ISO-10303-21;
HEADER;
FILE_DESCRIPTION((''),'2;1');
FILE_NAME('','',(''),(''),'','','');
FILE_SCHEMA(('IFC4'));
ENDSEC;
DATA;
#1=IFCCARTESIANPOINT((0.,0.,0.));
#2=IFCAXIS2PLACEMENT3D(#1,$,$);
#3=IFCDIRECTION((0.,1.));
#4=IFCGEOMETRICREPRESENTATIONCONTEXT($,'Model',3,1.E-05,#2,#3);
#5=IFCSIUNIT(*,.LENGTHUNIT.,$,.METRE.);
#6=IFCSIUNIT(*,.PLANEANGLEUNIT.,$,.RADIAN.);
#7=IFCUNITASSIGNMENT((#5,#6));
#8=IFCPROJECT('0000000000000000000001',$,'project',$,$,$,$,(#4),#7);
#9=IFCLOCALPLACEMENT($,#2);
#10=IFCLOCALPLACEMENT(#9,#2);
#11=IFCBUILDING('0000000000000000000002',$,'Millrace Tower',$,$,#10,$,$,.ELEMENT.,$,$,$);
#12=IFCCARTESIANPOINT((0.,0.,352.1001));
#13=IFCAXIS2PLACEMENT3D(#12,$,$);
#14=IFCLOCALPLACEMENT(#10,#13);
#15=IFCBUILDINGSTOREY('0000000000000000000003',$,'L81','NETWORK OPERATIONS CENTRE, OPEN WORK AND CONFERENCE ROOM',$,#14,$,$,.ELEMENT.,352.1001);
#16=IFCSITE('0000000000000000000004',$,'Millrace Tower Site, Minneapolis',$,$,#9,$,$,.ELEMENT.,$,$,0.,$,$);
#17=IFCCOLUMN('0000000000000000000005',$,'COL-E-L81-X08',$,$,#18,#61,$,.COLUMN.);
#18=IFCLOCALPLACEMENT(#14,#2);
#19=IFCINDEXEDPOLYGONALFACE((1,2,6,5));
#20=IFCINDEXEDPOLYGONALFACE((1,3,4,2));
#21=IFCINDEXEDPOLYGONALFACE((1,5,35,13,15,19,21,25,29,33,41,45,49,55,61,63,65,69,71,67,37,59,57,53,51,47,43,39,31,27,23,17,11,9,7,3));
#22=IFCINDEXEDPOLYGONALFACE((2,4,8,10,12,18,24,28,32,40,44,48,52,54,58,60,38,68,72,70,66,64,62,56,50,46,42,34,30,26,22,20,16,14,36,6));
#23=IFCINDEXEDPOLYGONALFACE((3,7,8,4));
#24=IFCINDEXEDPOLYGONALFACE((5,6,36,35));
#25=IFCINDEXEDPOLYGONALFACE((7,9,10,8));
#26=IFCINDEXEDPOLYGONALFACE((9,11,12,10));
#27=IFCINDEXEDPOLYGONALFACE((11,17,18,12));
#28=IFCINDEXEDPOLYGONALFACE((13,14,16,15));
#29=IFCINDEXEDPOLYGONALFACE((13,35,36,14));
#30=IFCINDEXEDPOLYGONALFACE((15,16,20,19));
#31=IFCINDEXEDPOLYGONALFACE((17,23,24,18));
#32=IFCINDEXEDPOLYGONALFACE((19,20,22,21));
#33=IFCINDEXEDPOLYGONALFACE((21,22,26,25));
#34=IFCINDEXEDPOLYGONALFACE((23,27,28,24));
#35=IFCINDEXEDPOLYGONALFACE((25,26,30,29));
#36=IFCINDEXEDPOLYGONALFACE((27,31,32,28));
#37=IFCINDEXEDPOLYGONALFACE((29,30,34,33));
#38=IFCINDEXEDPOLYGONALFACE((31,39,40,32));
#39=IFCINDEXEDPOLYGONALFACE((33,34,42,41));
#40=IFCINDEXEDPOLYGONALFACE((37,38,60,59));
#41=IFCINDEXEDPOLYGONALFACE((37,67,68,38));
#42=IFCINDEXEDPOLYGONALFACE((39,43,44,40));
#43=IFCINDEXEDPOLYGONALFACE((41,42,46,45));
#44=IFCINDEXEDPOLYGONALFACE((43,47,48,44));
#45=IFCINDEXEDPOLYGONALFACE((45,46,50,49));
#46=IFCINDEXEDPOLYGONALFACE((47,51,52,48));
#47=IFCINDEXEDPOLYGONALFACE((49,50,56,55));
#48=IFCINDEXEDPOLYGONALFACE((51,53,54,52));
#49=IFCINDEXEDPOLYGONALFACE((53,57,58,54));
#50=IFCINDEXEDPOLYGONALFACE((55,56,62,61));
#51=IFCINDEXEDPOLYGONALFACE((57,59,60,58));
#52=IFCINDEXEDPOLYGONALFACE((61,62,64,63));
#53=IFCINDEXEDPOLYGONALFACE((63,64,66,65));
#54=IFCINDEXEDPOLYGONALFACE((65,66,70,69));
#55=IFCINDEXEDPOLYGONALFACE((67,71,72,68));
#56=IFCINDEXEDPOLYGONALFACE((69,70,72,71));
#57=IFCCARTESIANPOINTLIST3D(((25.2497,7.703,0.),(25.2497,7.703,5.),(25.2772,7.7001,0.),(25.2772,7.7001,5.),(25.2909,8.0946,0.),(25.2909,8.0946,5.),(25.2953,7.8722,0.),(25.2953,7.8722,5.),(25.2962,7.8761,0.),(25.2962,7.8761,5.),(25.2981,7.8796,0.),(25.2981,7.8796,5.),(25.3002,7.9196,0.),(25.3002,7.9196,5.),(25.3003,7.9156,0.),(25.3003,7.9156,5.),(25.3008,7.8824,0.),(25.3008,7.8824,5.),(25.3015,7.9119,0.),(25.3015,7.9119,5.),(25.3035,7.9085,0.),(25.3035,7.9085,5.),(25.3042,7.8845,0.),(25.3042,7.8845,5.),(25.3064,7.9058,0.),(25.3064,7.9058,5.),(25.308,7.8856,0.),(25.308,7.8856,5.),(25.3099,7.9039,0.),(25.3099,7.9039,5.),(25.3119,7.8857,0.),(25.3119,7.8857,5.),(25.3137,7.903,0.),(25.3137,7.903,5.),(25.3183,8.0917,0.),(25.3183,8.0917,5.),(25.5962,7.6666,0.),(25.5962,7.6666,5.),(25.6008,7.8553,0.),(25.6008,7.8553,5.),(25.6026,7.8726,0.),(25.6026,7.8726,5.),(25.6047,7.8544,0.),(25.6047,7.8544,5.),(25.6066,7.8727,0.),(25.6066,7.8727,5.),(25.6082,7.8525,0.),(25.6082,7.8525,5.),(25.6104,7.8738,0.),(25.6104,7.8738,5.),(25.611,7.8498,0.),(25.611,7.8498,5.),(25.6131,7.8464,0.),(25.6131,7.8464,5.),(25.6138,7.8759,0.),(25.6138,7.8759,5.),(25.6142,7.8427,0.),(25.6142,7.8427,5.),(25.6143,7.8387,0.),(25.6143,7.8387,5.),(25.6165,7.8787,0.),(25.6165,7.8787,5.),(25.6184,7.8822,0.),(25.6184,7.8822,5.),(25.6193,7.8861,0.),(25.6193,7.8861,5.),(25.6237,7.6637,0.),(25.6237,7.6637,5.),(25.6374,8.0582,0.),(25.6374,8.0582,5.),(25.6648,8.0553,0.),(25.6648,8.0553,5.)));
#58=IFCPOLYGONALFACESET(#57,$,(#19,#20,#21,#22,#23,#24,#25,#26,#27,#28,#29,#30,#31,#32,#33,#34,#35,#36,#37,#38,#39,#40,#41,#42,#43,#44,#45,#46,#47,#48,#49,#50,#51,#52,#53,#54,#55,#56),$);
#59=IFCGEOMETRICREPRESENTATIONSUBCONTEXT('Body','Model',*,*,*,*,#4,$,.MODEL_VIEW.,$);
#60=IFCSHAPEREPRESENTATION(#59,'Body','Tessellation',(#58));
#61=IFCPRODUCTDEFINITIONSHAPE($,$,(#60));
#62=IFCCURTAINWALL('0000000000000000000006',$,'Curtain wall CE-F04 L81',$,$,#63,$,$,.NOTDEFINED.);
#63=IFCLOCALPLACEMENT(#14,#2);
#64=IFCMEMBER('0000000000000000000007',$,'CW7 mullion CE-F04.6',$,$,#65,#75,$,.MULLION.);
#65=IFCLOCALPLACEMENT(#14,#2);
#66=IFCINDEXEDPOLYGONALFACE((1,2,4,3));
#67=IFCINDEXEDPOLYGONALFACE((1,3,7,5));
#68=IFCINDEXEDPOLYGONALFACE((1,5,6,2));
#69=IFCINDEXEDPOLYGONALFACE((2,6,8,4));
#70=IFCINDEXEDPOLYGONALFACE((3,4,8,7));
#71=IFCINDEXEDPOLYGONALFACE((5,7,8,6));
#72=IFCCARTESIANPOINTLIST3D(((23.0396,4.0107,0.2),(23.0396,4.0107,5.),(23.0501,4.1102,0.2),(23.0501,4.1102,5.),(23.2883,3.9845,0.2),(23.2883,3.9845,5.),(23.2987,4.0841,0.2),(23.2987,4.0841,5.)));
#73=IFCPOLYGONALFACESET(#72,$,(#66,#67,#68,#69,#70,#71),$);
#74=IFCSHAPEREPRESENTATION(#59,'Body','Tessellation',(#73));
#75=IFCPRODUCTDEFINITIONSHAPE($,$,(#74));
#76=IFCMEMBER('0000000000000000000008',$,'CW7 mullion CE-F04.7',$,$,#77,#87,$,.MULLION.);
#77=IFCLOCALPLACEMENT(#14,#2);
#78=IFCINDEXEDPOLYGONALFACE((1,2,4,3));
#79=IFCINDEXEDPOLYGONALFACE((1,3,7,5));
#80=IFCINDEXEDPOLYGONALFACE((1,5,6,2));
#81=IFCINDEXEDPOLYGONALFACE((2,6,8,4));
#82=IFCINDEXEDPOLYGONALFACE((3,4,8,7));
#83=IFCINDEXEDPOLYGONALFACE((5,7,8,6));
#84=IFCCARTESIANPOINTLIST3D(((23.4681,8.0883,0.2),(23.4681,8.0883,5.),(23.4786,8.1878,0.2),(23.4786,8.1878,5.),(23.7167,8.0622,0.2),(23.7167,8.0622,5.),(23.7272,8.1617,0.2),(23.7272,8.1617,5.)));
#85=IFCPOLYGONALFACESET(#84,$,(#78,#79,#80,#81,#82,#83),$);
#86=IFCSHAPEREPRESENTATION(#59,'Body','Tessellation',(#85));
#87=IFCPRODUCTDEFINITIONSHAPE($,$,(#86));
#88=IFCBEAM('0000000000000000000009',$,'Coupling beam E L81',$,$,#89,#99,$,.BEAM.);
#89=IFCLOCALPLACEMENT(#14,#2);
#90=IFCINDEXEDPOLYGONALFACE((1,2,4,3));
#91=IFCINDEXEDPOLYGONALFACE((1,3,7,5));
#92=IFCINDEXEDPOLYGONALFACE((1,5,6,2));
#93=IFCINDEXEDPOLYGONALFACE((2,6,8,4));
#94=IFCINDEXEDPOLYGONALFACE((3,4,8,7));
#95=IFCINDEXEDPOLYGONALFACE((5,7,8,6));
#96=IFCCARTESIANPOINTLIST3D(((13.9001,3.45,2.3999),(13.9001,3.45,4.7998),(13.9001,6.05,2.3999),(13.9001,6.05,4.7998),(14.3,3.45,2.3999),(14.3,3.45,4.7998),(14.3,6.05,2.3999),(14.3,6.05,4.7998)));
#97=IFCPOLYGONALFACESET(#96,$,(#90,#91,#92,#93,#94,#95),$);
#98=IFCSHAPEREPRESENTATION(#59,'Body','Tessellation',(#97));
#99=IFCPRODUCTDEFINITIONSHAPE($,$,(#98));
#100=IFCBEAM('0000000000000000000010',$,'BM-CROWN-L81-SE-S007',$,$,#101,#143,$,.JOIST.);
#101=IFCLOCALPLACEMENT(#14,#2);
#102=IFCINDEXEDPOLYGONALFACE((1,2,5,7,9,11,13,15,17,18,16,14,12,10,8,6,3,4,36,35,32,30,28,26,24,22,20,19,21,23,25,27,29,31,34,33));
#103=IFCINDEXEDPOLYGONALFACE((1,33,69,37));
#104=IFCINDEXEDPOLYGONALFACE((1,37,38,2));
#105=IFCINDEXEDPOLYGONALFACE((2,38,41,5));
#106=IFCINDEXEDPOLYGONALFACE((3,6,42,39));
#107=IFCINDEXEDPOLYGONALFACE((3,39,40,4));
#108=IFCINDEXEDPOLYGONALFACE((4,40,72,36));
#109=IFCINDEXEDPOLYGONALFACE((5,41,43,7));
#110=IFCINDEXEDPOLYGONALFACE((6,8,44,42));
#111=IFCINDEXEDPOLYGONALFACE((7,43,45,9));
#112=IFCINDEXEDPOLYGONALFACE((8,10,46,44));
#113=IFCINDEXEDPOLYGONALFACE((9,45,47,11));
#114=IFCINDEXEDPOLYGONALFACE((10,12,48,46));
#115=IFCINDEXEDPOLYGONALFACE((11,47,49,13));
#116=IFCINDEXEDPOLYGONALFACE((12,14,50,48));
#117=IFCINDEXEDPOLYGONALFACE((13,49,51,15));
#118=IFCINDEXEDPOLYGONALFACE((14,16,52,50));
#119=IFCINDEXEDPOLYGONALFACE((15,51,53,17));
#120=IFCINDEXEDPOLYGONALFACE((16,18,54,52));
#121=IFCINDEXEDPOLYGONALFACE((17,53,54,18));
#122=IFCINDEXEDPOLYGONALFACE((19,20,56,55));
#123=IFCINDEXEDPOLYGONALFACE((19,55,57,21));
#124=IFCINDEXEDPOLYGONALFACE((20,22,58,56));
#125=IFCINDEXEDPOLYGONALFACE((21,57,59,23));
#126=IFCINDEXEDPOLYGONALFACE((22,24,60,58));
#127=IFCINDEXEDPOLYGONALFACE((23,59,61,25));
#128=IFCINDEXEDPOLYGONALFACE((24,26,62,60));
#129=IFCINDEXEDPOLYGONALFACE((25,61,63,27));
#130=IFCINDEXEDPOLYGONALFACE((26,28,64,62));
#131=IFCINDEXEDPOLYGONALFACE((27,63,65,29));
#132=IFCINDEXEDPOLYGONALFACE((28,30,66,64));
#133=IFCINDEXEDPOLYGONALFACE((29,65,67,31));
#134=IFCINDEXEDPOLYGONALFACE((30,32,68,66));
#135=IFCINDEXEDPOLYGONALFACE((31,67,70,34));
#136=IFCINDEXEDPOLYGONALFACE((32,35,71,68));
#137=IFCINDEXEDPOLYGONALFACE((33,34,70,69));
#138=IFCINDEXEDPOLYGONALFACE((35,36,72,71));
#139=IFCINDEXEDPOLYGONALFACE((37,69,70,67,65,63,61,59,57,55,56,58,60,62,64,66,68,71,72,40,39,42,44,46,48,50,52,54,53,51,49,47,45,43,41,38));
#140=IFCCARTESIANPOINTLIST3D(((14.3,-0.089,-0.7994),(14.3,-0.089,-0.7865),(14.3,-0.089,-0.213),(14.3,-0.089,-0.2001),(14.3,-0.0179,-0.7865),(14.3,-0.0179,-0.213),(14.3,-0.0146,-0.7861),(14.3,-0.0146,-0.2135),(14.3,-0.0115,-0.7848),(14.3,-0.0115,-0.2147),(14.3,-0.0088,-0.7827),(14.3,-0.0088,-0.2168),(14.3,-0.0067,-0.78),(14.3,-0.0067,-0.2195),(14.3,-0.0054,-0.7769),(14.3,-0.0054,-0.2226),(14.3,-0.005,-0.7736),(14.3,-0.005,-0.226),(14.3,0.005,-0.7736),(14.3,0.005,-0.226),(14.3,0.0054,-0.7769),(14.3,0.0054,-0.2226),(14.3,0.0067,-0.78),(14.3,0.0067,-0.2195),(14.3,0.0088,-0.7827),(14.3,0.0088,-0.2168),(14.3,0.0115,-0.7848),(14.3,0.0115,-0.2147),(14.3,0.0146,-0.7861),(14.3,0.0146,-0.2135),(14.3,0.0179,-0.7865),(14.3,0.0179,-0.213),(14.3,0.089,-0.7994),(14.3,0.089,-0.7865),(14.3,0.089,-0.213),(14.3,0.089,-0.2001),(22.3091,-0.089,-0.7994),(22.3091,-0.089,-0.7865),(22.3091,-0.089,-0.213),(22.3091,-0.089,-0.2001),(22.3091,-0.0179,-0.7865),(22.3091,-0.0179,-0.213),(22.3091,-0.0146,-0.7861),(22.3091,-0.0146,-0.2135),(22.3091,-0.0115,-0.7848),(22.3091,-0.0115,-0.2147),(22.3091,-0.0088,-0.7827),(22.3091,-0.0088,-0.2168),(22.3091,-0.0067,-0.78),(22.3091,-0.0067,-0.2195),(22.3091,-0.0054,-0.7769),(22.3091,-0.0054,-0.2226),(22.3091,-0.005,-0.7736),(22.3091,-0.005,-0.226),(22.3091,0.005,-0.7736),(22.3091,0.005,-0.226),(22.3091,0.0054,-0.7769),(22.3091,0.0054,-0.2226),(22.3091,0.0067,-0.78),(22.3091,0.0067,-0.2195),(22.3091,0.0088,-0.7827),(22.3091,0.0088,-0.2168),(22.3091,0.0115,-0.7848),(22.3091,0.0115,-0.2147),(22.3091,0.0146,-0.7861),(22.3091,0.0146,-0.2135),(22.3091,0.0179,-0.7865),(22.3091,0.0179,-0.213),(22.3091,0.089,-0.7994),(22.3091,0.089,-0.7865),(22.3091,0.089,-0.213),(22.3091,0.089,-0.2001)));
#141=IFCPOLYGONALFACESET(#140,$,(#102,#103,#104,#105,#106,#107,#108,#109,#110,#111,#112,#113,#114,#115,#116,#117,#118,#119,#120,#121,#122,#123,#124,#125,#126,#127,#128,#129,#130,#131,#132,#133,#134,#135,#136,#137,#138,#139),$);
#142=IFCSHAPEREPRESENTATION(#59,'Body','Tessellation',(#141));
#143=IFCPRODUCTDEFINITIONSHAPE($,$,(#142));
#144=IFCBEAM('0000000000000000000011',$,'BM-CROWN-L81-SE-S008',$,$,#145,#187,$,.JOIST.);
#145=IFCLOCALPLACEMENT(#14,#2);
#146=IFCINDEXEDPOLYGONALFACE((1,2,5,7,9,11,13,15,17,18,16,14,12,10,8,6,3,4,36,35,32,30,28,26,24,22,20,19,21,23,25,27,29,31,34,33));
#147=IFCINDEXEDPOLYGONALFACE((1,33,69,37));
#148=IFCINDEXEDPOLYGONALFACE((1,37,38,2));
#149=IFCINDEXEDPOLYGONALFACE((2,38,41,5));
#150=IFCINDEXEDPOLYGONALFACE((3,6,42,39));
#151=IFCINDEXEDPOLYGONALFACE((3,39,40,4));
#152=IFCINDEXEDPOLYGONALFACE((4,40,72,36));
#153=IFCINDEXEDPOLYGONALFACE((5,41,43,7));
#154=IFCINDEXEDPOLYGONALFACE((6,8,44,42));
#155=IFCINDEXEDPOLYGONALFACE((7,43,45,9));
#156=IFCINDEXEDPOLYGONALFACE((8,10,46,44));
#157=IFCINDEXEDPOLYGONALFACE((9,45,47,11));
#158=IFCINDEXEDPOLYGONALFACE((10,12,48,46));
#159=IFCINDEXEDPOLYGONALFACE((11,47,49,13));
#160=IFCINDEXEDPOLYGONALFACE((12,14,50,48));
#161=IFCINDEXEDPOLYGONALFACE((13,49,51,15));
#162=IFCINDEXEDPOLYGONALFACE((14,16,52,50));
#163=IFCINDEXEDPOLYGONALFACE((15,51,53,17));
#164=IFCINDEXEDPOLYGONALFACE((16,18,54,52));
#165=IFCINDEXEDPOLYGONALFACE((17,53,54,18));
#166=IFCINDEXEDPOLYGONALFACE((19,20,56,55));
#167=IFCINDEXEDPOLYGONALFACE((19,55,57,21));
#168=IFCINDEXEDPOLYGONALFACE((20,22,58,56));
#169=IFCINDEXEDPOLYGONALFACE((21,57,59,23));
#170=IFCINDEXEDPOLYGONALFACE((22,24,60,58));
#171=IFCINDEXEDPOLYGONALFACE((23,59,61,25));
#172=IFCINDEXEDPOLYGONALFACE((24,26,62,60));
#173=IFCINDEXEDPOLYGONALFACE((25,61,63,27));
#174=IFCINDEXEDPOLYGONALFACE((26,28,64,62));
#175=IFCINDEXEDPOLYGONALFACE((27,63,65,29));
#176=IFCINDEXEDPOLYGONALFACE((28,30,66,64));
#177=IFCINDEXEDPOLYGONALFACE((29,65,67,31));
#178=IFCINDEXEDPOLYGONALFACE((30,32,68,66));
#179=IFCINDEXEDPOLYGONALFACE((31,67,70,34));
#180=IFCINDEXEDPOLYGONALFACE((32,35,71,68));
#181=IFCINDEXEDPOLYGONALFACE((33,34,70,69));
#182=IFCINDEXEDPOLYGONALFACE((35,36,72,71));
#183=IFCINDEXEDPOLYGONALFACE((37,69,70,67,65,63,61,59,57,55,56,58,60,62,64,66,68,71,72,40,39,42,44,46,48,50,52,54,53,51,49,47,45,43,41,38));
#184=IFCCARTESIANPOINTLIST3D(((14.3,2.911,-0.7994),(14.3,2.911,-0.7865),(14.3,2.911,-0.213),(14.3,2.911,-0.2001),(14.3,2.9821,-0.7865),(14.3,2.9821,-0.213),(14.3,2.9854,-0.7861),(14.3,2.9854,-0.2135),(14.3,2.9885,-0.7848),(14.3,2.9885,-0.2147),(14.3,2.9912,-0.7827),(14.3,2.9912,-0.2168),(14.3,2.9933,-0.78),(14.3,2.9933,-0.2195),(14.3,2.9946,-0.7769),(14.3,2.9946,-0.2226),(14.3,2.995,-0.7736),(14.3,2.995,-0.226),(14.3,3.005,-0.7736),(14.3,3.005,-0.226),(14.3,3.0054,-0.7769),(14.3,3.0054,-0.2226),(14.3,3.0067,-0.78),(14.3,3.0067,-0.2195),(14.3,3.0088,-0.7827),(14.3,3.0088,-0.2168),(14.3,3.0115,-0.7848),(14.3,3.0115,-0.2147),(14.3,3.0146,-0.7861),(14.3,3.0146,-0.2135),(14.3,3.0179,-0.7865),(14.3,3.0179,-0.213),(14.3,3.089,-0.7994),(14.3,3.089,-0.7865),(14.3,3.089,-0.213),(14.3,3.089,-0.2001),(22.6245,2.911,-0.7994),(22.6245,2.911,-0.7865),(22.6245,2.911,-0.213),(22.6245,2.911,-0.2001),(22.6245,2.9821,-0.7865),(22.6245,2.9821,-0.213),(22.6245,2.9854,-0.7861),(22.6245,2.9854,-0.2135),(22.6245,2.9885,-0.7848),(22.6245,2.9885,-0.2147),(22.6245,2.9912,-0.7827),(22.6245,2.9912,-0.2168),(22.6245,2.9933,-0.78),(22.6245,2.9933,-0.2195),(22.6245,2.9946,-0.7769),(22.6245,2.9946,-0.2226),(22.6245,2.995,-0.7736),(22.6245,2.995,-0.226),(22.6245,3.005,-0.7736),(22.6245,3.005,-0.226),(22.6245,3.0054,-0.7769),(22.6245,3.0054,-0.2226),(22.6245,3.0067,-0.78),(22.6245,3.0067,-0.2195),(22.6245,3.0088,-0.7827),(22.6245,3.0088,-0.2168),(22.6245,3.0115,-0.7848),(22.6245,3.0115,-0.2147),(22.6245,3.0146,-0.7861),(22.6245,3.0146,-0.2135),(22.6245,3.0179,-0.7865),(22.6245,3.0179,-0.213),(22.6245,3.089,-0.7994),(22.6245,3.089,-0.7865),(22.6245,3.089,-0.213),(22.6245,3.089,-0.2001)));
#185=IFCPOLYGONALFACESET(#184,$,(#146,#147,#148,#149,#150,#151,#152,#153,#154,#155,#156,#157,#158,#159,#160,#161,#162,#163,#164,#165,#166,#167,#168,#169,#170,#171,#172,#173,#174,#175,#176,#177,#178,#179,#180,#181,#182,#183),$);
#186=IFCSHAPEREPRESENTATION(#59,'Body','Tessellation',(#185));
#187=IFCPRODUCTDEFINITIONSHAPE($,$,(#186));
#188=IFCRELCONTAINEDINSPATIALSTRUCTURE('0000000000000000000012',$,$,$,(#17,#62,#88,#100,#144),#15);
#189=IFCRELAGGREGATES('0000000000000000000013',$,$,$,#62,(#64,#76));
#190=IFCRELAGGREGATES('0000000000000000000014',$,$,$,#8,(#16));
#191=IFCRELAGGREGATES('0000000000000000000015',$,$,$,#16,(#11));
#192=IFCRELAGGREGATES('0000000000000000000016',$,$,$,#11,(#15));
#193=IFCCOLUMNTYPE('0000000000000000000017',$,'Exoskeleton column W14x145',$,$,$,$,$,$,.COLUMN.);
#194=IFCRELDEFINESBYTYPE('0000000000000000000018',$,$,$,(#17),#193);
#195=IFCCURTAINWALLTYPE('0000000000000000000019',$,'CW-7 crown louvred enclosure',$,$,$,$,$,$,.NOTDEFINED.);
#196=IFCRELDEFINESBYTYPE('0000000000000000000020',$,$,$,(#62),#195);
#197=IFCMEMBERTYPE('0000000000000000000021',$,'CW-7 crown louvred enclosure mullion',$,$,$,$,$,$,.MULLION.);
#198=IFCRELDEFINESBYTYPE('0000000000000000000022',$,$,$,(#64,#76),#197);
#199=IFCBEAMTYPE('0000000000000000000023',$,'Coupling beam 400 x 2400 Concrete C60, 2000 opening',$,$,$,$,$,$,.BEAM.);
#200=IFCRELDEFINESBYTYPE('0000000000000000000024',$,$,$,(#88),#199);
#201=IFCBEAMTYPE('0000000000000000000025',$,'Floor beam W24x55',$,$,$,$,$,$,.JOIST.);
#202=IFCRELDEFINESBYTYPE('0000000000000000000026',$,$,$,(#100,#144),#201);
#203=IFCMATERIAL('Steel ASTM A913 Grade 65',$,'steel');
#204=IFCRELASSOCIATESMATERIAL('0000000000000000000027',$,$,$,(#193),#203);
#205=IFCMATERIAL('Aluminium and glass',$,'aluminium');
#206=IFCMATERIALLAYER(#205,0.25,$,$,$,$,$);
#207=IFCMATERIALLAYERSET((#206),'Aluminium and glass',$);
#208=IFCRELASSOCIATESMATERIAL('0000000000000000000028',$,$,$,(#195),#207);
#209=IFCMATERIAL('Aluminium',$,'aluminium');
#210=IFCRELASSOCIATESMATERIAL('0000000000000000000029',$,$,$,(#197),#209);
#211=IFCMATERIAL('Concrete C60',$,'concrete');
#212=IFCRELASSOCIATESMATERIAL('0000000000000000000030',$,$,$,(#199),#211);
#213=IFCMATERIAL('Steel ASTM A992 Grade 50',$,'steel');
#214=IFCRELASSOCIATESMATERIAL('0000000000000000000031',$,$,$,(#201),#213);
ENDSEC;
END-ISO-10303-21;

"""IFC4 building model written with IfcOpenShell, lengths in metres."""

from ifc_helpers import new_model, si_unit, direction, frame, origin, origin_2d, place, context, subcontext, project, spatial, rectangle, i_section, extrude, material, layer, layer_set, material_profile, profile_set, type_object, element, aggregate, save


model = new_model("IFC4")

# Units and contexts
model_context = context("Model", 3, precision=1e-05, world=origin(), true_north=direction((0.0, 1.0)))
body_context = subcontext(model_context, "Body", "Model", "MODEL_VIEW")
ifc_project = project(units=[si_unit("LENGTHUNIT", "METRE"), si_unit("PLANEANGLEUNIT", "RADIAN")], contexts=[model_context])

# Site, building, storey
site_placement = place(None, origin())
site = spatial("IfcSite", under=ifc_project, at=site_placement, Name="Millrace Tower Site, Minneapolis", CompositionType="ELEMENT", RefElevation=0.0)
building_placement = place(site_placement, origin())
building = spatial("IfcBuilding", under=site, at=building_placement, Name="Millrace Tower", CompositionType="ELEMENT")
storey_placement = place(building_placement, frame((0.0, 0.0, 352.1001)))
storey = spatial("IfcBuildingStorey", under=building, at=storey_placement, Name="L81", Description="NETWORK OPERATIONS CENTRE, OPEN WORK AND CONFERENCE ROOM", CompositionType="ELEMENT", Elevation=352.1001)

# Column
ifc_material_1 = material(Name="Steel ASTM A913 Grade 65", Category="steel")
ifc_material_profile_1 = material_profile(ifc_material_1, i_section(OverallWidth=0.3938, OverallDepth=0.376, WebThickness=0.0173, FlangeThickness=0.0276, FilletRadius=0.0151, at=origin_2d()))
ifc_profile_set_1 = profile_set([ifc_material_profile_1], Name="Steel ASTM A913 Grade 65")
column_type = type_object("IfcColumnType", Name="Exoskeleton column W14x145", PredefinedType="COLUMN", material=ifc_profile_set_1)
column_placement = place(storey_placement, frame((25.4573, 7.8792, 0.0), z_axis=(0.0, 0.0, 1.0), x_axis=(0.104528, 0.994522, 0.0)))
element("IfcColumn", 1, at=column_placement, inside=storey, type_object=column_type, Name="COL-E-L81-X08", PredefinedType="COLUMN", context=body_context, shape_type="SweptSolid", body=[
    extrude(i_section(OverallWidth=0.3938, OverallDepth=0.376, WebThickness=0.0173, FlangeThickness=0.0276, FilletRadius=0.0151, at=origin_2d()), origin(), (0.0, 0.0, 1.0), 5.0),
])

# Curtain wall, members
ifc_material_2 = material(Name="Aluminium and glass", Category="aluminium")
ifc_layer_1 = layer(ifc_material_2, 0.25)
ifc_layer_set_1 = layer_set([ifc_layer_1], Name="Aluminium and glass")
curtain_wall_type = type_object("IfcCurtainWallType", Name="CW-7 crown louvred enclosure", PredefinedType="NOTDEFINED", material=ifc_layer_set_1)
curtain_wall_placement = place(storey_placement, origin())
curtain_wall = element("IfcCurtainWall", 2, at=curtain_wall_placement, inside=storey, type_object=curtain_wall_type, Name="Curtain wall CE-F04 L81", PredefinedType="NOTDEFINED")
ifc_material_3 = material(Name="Aluminium", Category="aluminium")
ifc_material_profile_2 = material_profile(ifc_material_3, rectangle(XDim=0.1001, YDim=0.25, at=origin_2d()))
ifc_profile_set_2 = profile_set([ifc_material_profile_2], Name="Aluminium")
member_type = type_object("IfcMemberType", Name="CW-7 crown louvred enclosure mullion", PredefinedType="MULLION", material=ifc_profile_set_2)
member_1_placement = place(storey_placement, frame((23.1692, 4.0474, 0.2), z_axis=(0.0, 0.0, 1.0), x_axis=(0.104528, 0.994522, 0.0)))
member_1 = element("IfcMember", 3, at=member_1_placement, type_object=member_type, Name="CW7 mullion CE-F04.6", PredefinedType="MULLION", context=body_context, shape_type="SweptSolid", body=[
    extrude(rectangle(XDim=0.1001, YDim=0.25, at=origin_2d()), origin(), (0.0, 0.0, 1.0), 4.8),
])
member_2_placement = place(storey_placement, frame((23.5977, 8.125, 0.2), z_axis=(0.0, 0.0, 1.0), x_axis=(0.104528, 0.994522, 0.0)))
member_2 = element("IfcMember", 4, at=member_2_placement, type_object=member_type, Name="CW7 mullion CE-F04.7", PredefinedType="MULLION", context=body_context, shape_type="SweptSolid", body=[
    extrude(rectangle(XDim=0.1001, YDim=0.25, at=origin_2d()), origin(), (0.0, 0.0, 1.0), 4.8),
])
aggregate(curtain_wall, [member_1, member_2])

# Beams
ifc_material_4 = material(Name="Concrete C60", Category="concrete")
ifc_material_profile_3 = material_profile(ifc_material_4, rectangle(XDim=0.3999, YDim=2.3999, at=origin_2d()))
ifc_profile_set_3 = profile_set([ifc_material_profile_3], Name="Concrete C60")
beam_type_1 = type_object("IfcBeamType", Name="Coupling beam 400 x 2400 Concrete C60, 2000 opening", PredefinedType="BEAM", material=ifc_profile_set_3)
beam_1_placement = place(storey_placement, frame((14.1001, 6.05, 3.5999), z_axis=(0.0, -1.0, 0.0), x_axis=(1.0, 0.0, 0.0)))
element("IfcBeam", 5, at=beam_1_placement, inside=storey, type_object=beam_type_1, Name="Coupling beam E L81", PredefinedType="BEAM", context=body_context, shape_type="SweptSolid", body=[
    extrude(rectangle(XDim=0.3999, YDim=2.3999, at=origin_2d()), origin(), (0.0, 0.0, 1.0), 2.6001),
])
ifc_material_5 = material(Name="Steel ASTM A992 Grade 50", Category="steel")
ifc_material_profile_4 = material_profile(ifc_material_5, i_section(OverallWidth=0.178, OverallDepth=0.5994, WebThickness=0.01, FlangeThickness=0.0129, FilletRadius=0.0129, at=origin_2d()))
ifc_profile_set_4 = profile_set([ifc_material_profile_4], Name="Steel ASTM A992 Grade 50")
beam_type_2 = type_object("IfcBeamType", Name="Floor beam W24x55", PredefinedType="JOIST", material=ifc_profile_set_4)
beam_2_placement = place(storey_placement, frame((14.3, 0.0, -0.4998), z_axis=(1.0, 0.0, 0.0), x_axis=(0.0, 1.0, 0.0)))
element("IfcBeam", 6, at=beam_2_placement, inside=storey, type_object=beam_type_2, Name="BM-CROWN-L81-SE-S007", PredefinedType="JOIST", context=body_context, shape_type="SweptSolid", body=[
    extrude(i_section(OverallWidth=0.178, OverallDepth=0.5994, WebThickness=0.01, FlangeThickness=0.0129, FilletRadius=0.0129, at=origin_2d()), origin(), (0.0, 0.0, 1.0), 8.009),
])
beam_3_placement = place(storey_placement, frame((14.3, 3.0, -0.4998), z_axis=(1.0, 0.0, 0.0), x_axis=(0.0, 1.0, 0.0)))
element("IfcBeam", 7, at=beam_3_placement, inside=storey, type_object=beam_type_2, Name="BM-CROWN-L81-SE-S008", PredefinedType="JOIST", context=body_context, shape_type="SweptSolid", body=[
    extrude(i_section(OverallWidth=0.178, OverallDepth=0.5994, WebThickness=0.01, FlangeThickness=0.0129, FilletRadius=0.0129, at=origin_2d()), origin(), (0.0, 0.0, 1.0), 8.3245),
])

save(model, "model.ifc")
